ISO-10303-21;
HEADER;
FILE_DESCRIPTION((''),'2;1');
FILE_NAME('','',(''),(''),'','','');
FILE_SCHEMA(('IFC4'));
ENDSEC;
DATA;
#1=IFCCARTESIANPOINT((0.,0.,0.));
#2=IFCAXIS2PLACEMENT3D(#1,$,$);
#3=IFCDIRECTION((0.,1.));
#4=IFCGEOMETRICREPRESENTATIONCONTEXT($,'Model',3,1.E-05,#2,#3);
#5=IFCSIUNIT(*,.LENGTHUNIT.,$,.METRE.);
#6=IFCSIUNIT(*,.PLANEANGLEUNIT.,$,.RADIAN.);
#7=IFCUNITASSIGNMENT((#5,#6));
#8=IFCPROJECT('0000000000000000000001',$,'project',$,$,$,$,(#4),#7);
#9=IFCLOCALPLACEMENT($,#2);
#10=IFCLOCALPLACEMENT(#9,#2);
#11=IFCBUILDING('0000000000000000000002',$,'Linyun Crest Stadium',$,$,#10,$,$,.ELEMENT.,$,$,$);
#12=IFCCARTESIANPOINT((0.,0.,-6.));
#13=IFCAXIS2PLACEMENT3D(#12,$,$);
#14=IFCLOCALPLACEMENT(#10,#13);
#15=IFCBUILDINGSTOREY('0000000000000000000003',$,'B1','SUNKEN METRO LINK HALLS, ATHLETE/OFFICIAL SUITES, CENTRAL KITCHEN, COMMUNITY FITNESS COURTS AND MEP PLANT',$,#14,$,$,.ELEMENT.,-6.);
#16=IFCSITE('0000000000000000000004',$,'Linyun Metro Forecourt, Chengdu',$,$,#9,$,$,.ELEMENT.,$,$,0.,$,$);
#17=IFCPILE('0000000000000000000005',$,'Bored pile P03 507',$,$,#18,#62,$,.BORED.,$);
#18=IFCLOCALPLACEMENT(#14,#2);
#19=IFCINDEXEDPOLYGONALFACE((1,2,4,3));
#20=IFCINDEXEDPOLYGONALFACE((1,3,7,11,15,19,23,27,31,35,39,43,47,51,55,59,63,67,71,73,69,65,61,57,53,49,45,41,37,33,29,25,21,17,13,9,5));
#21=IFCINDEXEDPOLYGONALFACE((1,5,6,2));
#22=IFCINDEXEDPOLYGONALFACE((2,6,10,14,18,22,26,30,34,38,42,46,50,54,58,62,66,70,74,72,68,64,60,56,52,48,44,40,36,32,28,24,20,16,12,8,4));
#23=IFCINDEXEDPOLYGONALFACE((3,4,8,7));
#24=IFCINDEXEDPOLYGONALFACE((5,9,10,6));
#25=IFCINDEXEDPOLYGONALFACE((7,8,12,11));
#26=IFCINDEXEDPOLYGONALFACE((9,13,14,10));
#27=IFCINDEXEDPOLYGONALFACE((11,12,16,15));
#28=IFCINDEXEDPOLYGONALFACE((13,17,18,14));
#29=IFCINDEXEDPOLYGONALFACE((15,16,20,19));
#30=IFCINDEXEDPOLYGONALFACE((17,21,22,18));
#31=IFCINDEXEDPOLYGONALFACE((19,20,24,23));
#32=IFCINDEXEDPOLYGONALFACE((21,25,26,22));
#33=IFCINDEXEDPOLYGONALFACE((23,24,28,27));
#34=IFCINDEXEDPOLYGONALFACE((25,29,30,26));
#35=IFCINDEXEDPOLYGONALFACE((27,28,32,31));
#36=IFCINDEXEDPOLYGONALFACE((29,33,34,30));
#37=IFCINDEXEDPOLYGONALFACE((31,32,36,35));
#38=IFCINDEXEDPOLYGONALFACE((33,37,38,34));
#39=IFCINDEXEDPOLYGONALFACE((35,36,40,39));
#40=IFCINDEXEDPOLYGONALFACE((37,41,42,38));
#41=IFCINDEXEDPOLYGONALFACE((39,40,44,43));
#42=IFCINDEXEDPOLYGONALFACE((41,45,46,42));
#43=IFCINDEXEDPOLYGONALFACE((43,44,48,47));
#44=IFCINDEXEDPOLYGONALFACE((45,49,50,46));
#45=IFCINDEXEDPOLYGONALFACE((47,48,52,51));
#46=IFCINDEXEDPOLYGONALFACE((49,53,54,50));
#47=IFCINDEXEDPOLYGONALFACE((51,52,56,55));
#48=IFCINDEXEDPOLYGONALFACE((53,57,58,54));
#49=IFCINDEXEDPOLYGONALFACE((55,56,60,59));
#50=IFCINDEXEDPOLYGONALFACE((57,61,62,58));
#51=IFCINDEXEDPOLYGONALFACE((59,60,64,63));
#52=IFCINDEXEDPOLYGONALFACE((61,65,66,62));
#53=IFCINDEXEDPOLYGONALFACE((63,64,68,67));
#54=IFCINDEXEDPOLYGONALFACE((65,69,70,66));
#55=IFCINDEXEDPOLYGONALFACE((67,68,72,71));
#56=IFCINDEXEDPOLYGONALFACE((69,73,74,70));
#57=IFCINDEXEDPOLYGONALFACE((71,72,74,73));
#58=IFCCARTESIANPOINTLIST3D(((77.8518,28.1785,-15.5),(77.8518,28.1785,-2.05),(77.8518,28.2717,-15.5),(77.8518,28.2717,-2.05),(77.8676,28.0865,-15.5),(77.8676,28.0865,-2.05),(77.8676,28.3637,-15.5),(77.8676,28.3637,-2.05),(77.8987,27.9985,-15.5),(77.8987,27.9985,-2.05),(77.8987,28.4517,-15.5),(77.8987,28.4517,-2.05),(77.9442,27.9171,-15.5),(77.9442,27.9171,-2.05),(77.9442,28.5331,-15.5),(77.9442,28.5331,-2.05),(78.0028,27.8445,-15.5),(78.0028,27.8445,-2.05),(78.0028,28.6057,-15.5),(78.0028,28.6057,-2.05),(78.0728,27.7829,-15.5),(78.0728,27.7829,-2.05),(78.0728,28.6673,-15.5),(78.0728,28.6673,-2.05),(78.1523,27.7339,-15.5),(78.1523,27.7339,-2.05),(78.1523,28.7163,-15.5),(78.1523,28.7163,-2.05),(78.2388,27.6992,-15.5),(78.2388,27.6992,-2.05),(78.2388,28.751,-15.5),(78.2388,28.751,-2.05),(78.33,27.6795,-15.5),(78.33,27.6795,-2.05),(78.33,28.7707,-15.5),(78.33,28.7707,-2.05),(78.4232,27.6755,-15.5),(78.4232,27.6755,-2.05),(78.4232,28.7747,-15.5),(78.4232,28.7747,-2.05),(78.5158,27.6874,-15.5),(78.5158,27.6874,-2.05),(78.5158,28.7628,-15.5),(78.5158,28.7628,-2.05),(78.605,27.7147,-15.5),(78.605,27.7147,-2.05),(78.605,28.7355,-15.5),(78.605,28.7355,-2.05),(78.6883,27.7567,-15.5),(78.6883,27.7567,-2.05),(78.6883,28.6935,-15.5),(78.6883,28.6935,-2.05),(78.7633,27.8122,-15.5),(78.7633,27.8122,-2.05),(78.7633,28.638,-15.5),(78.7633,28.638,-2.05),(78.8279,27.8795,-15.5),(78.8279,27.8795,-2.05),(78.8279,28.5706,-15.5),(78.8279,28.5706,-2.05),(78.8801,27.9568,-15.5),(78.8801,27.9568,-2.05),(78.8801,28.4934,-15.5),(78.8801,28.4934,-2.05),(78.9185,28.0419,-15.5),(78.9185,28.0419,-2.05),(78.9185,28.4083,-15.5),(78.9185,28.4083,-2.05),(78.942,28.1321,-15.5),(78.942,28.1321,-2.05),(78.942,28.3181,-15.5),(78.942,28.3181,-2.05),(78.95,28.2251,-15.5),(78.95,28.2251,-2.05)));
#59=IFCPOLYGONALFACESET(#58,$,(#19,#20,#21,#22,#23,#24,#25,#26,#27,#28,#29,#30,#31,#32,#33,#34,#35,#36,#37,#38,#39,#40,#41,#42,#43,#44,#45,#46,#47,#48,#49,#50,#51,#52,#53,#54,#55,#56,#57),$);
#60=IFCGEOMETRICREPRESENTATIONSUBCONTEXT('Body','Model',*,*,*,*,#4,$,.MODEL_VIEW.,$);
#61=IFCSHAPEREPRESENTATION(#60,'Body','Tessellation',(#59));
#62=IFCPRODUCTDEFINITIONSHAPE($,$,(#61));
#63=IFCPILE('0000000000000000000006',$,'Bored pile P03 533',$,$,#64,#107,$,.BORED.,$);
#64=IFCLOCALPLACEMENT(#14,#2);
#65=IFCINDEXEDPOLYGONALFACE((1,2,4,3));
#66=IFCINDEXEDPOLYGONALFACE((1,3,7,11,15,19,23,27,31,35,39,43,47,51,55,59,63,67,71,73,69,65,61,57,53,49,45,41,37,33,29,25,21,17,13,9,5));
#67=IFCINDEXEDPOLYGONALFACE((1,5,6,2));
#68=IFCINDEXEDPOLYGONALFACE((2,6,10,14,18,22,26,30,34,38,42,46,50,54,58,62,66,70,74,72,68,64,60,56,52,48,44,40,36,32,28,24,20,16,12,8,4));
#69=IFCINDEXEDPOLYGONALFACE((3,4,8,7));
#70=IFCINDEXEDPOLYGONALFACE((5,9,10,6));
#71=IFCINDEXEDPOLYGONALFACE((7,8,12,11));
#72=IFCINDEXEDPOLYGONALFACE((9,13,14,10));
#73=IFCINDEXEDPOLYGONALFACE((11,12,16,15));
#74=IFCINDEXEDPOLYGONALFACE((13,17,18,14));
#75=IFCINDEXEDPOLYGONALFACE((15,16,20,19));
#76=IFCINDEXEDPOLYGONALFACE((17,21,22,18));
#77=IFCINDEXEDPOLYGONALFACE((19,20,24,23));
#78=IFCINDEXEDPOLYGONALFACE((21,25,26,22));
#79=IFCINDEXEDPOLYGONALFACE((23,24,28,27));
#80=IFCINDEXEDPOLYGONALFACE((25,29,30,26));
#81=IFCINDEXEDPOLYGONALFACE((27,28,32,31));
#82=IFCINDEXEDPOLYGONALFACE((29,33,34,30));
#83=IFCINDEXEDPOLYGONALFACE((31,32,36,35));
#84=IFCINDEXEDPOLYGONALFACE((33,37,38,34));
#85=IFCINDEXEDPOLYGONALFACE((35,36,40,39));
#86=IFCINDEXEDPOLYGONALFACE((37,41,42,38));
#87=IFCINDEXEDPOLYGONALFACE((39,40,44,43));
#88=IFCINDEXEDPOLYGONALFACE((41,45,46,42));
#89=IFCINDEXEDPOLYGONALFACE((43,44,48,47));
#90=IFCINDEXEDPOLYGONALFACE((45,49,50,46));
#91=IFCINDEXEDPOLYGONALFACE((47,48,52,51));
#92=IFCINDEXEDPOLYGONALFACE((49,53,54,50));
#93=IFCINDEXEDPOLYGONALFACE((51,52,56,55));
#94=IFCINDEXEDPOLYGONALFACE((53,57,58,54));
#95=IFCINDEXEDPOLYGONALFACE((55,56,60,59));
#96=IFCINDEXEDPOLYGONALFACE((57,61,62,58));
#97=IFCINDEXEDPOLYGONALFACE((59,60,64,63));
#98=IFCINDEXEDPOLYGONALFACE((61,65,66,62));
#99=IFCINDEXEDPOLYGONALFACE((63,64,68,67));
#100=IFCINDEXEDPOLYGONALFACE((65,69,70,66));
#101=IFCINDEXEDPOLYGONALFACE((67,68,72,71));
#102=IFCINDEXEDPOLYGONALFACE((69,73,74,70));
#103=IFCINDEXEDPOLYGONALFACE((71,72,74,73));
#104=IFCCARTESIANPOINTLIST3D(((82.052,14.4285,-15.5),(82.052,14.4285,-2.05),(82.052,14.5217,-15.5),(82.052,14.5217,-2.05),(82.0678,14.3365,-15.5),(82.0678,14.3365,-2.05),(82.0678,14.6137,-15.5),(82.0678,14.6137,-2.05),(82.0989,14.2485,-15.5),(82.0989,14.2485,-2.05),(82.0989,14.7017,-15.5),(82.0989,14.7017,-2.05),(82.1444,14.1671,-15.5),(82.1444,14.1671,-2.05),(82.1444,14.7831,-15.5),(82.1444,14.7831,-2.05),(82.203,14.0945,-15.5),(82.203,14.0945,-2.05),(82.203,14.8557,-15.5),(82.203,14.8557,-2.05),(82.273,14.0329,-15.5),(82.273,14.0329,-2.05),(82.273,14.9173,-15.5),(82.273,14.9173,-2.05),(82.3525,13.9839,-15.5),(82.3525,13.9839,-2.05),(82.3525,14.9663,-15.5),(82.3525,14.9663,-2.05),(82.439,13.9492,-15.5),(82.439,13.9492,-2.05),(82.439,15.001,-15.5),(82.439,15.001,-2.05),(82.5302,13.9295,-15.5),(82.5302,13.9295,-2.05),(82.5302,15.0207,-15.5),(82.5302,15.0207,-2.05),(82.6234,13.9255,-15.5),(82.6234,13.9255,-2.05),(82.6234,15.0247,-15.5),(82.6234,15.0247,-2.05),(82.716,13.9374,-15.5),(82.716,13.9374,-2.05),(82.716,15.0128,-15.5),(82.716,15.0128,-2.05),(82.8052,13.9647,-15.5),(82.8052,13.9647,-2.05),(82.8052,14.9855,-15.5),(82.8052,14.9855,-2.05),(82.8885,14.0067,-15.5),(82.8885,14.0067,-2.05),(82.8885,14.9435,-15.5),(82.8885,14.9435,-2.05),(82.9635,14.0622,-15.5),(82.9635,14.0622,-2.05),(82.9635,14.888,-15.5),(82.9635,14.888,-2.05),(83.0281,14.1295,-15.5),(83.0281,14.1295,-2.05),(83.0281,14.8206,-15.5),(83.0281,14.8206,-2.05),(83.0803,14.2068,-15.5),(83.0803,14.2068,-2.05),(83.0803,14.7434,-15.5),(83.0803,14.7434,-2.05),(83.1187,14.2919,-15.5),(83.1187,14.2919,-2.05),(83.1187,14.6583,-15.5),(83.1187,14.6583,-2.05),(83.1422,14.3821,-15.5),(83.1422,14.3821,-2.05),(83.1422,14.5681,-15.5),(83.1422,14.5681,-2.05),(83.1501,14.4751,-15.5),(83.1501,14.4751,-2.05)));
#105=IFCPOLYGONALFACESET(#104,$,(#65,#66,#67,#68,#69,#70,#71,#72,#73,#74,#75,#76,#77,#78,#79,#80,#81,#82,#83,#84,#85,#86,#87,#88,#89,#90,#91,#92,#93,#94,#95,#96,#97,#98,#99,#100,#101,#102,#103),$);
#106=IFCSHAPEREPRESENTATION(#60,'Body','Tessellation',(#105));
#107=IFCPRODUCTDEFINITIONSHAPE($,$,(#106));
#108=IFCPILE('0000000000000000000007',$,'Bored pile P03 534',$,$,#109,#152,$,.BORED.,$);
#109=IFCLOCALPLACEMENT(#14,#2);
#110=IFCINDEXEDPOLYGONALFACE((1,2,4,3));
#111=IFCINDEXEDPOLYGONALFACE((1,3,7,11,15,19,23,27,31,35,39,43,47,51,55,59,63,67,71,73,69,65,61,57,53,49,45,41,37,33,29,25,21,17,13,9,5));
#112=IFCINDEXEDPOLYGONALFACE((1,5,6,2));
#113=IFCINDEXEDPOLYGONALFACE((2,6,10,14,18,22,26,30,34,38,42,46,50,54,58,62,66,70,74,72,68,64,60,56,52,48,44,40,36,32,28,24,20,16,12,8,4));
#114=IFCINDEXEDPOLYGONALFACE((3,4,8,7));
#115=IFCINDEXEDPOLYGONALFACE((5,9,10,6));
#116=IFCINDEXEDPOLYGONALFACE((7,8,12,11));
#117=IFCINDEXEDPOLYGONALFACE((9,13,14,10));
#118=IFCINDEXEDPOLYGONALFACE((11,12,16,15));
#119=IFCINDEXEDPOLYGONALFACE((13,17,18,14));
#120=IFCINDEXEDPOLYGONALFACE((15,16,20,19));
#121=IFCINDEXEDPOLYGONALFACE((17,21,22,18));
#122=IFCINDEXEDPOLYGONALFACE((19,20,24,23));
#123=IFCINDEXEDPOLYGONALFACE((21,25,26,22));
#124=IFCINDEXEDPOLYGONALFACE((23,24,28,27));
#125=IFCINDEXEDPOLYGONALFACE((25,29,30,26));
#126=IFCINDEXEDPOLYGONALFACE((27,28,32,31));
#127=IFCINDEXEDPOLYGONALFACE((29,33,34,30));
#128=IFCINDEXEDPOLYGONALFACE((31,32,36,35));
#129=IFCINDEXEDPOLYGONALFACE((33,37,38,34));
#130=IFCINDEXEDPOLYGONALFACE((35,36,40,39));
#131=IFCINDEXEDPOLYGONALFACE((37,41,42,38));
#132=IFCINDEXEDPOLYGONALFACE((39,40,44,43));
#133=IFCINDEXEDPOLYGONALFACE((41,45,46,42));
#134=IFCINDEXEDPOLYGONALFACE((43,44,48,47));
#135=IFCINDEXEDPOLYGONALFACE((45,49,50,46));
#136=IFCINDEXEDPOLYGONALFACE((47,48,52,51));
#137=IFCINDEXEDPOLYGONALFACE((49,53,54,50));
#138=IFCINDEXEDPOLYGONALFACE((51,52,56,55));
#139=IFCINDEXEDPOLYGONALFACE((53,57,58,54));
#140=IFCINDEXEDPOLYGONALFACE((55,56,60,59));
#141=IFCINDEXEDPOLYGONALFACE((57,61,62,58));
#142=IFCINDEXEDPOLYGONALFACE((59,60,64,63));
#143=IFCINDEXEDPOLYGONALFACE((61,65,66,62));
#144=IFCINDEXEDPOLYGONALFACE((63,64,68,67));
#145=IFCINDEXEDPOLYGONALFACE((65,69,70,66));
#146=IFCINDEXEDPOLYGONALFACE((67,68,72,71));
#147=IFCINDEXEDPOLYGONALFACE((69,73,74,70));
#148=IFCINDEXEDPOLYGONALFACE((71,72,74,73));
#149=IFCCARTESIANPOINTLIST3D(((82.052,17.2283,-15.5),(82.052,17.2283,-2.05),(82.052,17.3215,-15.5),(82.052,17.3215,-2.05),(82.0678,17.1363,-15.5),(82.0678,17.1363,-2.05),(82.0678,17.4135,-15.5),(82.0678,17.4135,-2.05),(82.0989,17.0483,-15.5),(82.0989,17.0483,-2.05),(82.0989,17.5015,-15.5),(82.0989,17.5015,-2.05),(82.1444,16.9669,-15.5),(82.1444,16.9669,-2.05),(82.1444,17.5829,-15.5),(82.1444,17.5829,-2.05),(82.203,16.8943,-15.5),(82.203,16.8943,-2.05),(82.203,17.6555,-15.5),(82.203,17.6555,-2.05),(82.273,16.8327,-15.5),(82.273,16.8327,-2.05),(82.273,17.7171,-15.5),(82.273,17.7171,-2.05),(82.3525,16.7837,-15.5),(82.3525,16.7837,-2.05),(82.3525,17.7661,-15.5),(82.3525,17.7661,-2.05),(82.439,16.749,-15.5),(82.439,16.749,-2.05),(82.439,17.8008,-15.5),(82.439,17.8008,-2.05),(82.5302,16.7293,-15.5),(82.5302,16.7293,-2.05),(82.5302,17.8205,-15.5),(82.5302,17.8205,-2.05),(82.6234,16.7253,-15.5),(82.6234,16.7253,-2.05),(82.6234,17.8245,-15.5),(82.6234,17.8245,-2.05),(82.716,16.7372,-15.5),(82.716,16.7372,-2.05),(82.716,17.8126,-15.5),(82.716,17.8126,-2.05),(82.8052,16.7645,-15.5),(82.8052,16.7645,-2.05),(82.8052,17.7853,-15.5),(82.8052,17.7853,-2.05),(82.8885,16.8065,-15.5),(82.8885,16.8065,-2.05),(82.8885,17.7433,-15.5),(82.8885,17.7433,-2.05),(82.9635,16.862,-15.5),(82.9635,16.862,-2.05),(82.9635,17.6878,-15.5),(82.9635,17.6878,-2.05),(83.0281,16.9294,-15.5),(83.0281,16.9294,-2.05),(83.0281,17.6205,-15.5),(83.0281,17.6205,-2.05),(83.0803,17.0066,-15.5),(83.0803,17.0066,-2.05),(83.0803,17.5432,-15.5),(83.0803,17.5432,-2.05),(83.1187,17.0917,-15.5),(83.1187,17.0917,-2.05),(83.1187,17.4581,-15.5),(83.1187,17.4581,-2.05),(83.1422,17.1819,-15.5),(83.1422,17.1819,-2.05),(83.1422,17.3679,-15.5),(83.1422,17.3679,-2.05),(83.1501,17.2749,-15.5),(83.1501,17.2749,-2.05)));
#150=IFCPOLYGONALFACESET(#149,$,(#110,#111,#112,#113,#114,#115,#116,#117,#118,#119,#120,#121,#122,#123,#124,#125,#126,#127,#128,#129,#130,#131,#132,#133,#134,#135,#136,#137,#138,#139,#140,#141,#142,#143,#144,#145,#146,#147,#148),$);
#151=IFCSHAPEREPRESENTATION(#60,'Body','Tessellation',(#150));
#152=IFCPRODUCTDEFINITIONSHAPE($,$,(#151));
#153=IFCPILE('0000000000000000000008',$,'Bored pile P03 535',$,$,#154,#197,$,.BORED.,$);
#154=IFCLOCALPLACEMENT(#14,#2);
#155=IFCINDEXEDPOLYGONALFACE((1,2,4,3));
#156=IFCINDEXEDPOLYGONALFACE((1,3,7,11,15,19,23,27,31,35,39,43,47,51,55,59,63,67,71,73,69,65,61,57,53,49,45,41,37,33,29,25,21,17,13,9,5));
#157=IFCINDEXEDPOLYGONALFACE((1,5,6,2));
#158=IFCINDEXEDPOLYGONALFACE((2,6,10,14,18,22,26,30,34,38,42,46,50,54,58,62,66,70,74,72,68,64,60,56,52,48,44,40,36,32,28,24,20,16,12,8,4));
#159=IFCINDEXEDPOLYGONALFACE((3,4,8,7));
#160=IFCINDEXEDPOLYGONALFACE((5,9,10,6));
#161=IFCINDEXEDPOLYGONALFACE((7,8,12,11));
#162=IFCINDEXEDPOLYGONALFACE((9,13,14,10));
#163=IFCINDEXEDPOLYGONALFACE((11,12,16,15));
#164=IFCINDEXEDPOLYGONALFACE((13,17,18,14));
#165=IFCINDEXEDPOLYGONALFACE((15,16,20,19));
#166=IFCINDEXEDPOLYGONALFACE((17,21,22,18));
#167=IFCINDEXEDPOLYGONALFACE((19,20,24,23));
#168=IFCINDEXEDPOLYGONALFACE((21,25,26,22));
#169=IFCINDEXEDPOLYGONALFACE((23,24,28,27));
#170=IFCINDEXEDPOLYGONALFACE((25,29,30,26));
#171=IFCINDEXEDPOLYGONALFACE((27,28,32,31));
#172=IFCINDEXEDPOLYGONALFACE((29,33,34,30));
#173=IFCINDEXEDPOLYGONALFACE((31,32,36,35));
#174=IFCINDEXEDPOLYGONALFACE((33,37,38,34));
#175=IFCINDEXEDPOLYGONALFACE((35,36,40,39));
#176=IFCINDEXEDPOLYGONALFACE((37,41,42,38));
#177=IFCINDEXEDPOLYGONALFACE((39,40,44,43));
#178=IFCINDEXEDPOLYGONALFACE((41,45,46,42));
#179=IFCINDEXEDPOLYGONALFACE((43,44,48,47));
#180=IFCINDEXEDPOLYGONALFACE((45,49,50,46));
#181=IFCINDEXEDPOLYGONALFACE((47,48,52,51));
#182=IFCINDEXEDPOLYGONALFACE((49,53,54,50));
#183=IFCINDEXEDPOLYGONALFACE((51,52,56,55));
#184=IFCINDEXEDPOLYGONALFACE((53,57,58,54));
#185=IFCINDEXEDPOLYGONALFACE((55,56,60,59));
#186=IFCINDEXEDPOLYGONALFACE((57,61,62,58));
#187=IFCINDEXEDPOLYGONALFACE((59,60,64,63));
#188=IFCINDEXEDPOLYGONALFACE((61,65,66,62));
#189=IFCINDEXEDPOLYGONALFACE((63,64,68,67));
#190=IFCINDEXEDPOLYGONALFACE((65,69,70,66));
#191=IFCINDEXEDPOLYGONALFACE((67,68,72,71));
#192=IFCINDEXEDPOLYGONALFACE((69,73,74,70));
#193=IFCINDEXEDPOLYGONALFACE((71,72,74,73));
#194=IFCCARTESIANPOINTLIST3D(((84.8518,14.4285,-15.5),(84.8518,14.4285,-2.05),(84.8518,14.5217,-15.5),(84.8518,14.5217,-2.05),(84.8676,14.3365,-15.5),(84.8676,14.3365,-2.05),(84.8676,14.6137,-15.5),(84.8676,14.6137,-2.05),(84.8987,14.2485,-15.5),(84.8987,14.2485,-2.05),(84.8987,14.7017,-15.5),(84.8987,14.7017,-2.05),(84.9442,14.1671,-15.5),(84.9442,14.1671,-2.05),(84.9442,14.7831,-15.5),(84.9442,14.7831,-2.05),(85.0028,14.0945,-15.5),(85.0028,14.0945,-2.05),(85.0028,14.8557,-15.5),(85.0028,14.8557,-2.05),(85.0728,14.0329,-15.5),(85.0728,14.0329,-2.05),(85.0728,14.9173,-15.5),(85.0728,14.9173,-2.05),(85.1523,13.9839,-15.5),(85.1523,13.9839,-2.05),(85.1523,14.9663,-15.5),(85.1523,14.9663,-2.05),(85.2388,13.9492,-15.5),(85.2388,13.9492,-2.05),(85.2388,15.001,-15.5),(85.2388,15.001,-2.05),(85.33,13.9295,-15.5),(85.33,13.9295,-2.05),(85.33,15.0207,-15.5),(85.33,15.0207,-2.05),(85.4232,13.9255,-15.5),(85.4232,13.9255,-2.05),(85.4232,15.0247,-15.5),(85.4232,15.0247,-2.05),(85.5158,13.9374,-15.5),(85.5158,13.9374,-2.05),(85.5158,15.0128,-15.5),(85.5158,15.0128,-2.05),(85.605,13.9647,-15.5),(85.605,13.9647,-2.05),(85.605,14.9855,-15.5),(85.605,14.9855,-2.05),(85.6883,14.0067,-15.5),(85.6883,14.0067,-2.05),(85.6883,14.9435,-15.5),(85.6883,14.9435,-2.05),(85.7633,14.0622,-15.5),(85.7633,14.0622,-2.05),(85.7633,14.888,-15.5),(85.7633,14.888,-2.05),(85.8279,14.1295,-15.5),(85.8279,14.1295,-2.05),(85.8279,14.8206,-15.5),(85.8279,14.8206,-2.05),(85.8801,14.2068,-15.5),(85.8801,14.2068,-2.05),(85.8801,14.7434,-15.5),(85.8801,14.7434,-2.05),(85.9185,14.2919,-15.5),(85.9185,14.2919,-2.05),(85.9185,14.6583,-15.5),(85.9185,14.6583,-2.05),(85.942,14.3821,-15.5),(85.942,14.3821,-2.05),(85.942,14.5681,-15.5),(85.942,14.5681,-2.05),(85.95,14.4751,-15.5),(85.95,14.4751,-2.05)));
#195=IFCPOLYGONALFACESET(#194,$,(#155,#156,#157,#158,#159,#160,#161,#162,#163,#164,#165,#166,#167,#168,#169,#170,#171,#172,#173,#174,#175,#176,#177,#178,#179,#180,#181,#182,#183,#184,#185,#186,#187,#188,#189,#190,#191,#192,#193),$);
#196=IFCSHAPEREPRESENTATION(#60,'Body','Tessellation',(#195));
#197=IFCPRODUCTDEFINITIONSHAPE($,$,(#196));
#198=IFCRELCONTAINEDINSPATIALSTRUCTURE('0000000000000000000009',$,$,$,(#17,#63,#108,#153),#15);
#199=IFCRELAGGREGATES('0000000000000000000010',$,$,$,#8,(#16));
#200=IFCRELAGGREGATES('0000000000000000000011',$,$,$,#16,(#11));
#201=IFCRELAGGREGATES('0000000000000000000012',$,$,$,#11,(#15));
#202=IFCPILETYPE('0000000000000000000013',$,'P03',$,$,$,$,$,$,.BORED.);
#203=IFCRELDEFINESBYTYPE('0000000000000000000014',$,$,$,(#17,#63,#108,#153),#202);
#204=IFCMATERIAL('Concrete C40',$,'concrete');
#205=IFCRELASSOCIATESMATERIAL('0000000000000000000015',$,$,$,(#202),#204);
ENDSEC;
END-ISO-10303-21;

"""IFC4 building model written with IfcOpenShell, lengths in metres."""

from ifc_helpers import new_model, si_unit, direction, frame, origin, origin_2d, place, context, subcontext, project, spatial, circle, extrude, material, material_profile, profile_set, type_object, element, save


model = new_model("IFC4")

# Units and contexts
model_context = context("Model", 3, precision=1e-05, world=origin(), true_north=direction((0.0, 1.0)))
body_context = subcontext(model_context, "Body", "Model", "MODEL_VIEW")
ifc_project = project(units=[si_unit("LENGTHUNIT", "METRE"), si_unit("PLANEANGLEUNIT", "RADIAN")], contexts=[model_context])

# Site, building, storey
site_placement = place(None, origin())
site = spatial("IfcSite", under=ifc_project, at=site_placement, Name="Linyun Metro Forecourt, Chengdu", CompositionType="ELEMENT", RefElevation=0.0)
building_placement = place(site_placement, origin())
building = spatial("IfcBuilding", under=site, at=building_placement, Name="Linyun Crest Stadium", CompositionType="ELEMENT")
storey_placement = place(building_placement, frame((0.0, 0.0, -6.0)))
storey = spatial("IfcBuildingStorey", under=building, at=storey_placement, Name="B1", Description="SUNKEN METRO LINK HALLS, ATHLETE/OFFICIAL SUITES, CENTRAL KITCHEN, COMMUNITY FITNESS COURTS AND MEP PLANT", CompositionType="ELEMENT", Elevation=-6.0)

# Piles
ifc_material_1 = material(Name="Concrete C40", Category="concrete")
ifc_material_profile_1 = material_profile(ifc_material_1, circle(Radius=0.55, at=origin_2d()), Name="BORED PILE 1100")
ifc_profile_set_1 = profile_set([ifc_material_profile_1], Name="Concrete C40")
pile_type = type_object("IfcPileType", Name="P03", PredefinedType="BORED", material=ifc_profile_set_1)
for number, where, z_axis, x_axis, name in (
    (1, (78.3999, 28.2251, -2.05), (0.0, 0.0, -1.0), (1.0, 0.0, 0.0), "Bored pile P03 507"),
    (2, (82.6001, 14.4751, -2.05), (0.0, 0.0, -1.0), (1.0, 0.0, 0.0), "Bored pile P03 533"),
    (3, (82.6001, 17.2749, -2.05), (0.0, 0.0, -1.0), (1.0, 0.0, 0.0), "Bored pile P03 534"),
    (4, (85.3999, 14.4751, -2.05), (0.0, 0.0, -1.0), (1.0, 0.0, 0.0), "Bored pile P03 535"),
):
    element("IfcPile", number, at=place(storey_placement, frame(where, z_axis=z_axis, x_axis=x_axis)), inside=storey, type_object=pile_type, Name=name, PredefinedType="BORED", context=body_context, shape_type="SweptSolid", body=[
        extrude(circle(Radius=0.55, at=origin_2d()), origin(), (0.0, 0.0, 1.0), 13.45),
    ])

save(model, "model.ifc")
